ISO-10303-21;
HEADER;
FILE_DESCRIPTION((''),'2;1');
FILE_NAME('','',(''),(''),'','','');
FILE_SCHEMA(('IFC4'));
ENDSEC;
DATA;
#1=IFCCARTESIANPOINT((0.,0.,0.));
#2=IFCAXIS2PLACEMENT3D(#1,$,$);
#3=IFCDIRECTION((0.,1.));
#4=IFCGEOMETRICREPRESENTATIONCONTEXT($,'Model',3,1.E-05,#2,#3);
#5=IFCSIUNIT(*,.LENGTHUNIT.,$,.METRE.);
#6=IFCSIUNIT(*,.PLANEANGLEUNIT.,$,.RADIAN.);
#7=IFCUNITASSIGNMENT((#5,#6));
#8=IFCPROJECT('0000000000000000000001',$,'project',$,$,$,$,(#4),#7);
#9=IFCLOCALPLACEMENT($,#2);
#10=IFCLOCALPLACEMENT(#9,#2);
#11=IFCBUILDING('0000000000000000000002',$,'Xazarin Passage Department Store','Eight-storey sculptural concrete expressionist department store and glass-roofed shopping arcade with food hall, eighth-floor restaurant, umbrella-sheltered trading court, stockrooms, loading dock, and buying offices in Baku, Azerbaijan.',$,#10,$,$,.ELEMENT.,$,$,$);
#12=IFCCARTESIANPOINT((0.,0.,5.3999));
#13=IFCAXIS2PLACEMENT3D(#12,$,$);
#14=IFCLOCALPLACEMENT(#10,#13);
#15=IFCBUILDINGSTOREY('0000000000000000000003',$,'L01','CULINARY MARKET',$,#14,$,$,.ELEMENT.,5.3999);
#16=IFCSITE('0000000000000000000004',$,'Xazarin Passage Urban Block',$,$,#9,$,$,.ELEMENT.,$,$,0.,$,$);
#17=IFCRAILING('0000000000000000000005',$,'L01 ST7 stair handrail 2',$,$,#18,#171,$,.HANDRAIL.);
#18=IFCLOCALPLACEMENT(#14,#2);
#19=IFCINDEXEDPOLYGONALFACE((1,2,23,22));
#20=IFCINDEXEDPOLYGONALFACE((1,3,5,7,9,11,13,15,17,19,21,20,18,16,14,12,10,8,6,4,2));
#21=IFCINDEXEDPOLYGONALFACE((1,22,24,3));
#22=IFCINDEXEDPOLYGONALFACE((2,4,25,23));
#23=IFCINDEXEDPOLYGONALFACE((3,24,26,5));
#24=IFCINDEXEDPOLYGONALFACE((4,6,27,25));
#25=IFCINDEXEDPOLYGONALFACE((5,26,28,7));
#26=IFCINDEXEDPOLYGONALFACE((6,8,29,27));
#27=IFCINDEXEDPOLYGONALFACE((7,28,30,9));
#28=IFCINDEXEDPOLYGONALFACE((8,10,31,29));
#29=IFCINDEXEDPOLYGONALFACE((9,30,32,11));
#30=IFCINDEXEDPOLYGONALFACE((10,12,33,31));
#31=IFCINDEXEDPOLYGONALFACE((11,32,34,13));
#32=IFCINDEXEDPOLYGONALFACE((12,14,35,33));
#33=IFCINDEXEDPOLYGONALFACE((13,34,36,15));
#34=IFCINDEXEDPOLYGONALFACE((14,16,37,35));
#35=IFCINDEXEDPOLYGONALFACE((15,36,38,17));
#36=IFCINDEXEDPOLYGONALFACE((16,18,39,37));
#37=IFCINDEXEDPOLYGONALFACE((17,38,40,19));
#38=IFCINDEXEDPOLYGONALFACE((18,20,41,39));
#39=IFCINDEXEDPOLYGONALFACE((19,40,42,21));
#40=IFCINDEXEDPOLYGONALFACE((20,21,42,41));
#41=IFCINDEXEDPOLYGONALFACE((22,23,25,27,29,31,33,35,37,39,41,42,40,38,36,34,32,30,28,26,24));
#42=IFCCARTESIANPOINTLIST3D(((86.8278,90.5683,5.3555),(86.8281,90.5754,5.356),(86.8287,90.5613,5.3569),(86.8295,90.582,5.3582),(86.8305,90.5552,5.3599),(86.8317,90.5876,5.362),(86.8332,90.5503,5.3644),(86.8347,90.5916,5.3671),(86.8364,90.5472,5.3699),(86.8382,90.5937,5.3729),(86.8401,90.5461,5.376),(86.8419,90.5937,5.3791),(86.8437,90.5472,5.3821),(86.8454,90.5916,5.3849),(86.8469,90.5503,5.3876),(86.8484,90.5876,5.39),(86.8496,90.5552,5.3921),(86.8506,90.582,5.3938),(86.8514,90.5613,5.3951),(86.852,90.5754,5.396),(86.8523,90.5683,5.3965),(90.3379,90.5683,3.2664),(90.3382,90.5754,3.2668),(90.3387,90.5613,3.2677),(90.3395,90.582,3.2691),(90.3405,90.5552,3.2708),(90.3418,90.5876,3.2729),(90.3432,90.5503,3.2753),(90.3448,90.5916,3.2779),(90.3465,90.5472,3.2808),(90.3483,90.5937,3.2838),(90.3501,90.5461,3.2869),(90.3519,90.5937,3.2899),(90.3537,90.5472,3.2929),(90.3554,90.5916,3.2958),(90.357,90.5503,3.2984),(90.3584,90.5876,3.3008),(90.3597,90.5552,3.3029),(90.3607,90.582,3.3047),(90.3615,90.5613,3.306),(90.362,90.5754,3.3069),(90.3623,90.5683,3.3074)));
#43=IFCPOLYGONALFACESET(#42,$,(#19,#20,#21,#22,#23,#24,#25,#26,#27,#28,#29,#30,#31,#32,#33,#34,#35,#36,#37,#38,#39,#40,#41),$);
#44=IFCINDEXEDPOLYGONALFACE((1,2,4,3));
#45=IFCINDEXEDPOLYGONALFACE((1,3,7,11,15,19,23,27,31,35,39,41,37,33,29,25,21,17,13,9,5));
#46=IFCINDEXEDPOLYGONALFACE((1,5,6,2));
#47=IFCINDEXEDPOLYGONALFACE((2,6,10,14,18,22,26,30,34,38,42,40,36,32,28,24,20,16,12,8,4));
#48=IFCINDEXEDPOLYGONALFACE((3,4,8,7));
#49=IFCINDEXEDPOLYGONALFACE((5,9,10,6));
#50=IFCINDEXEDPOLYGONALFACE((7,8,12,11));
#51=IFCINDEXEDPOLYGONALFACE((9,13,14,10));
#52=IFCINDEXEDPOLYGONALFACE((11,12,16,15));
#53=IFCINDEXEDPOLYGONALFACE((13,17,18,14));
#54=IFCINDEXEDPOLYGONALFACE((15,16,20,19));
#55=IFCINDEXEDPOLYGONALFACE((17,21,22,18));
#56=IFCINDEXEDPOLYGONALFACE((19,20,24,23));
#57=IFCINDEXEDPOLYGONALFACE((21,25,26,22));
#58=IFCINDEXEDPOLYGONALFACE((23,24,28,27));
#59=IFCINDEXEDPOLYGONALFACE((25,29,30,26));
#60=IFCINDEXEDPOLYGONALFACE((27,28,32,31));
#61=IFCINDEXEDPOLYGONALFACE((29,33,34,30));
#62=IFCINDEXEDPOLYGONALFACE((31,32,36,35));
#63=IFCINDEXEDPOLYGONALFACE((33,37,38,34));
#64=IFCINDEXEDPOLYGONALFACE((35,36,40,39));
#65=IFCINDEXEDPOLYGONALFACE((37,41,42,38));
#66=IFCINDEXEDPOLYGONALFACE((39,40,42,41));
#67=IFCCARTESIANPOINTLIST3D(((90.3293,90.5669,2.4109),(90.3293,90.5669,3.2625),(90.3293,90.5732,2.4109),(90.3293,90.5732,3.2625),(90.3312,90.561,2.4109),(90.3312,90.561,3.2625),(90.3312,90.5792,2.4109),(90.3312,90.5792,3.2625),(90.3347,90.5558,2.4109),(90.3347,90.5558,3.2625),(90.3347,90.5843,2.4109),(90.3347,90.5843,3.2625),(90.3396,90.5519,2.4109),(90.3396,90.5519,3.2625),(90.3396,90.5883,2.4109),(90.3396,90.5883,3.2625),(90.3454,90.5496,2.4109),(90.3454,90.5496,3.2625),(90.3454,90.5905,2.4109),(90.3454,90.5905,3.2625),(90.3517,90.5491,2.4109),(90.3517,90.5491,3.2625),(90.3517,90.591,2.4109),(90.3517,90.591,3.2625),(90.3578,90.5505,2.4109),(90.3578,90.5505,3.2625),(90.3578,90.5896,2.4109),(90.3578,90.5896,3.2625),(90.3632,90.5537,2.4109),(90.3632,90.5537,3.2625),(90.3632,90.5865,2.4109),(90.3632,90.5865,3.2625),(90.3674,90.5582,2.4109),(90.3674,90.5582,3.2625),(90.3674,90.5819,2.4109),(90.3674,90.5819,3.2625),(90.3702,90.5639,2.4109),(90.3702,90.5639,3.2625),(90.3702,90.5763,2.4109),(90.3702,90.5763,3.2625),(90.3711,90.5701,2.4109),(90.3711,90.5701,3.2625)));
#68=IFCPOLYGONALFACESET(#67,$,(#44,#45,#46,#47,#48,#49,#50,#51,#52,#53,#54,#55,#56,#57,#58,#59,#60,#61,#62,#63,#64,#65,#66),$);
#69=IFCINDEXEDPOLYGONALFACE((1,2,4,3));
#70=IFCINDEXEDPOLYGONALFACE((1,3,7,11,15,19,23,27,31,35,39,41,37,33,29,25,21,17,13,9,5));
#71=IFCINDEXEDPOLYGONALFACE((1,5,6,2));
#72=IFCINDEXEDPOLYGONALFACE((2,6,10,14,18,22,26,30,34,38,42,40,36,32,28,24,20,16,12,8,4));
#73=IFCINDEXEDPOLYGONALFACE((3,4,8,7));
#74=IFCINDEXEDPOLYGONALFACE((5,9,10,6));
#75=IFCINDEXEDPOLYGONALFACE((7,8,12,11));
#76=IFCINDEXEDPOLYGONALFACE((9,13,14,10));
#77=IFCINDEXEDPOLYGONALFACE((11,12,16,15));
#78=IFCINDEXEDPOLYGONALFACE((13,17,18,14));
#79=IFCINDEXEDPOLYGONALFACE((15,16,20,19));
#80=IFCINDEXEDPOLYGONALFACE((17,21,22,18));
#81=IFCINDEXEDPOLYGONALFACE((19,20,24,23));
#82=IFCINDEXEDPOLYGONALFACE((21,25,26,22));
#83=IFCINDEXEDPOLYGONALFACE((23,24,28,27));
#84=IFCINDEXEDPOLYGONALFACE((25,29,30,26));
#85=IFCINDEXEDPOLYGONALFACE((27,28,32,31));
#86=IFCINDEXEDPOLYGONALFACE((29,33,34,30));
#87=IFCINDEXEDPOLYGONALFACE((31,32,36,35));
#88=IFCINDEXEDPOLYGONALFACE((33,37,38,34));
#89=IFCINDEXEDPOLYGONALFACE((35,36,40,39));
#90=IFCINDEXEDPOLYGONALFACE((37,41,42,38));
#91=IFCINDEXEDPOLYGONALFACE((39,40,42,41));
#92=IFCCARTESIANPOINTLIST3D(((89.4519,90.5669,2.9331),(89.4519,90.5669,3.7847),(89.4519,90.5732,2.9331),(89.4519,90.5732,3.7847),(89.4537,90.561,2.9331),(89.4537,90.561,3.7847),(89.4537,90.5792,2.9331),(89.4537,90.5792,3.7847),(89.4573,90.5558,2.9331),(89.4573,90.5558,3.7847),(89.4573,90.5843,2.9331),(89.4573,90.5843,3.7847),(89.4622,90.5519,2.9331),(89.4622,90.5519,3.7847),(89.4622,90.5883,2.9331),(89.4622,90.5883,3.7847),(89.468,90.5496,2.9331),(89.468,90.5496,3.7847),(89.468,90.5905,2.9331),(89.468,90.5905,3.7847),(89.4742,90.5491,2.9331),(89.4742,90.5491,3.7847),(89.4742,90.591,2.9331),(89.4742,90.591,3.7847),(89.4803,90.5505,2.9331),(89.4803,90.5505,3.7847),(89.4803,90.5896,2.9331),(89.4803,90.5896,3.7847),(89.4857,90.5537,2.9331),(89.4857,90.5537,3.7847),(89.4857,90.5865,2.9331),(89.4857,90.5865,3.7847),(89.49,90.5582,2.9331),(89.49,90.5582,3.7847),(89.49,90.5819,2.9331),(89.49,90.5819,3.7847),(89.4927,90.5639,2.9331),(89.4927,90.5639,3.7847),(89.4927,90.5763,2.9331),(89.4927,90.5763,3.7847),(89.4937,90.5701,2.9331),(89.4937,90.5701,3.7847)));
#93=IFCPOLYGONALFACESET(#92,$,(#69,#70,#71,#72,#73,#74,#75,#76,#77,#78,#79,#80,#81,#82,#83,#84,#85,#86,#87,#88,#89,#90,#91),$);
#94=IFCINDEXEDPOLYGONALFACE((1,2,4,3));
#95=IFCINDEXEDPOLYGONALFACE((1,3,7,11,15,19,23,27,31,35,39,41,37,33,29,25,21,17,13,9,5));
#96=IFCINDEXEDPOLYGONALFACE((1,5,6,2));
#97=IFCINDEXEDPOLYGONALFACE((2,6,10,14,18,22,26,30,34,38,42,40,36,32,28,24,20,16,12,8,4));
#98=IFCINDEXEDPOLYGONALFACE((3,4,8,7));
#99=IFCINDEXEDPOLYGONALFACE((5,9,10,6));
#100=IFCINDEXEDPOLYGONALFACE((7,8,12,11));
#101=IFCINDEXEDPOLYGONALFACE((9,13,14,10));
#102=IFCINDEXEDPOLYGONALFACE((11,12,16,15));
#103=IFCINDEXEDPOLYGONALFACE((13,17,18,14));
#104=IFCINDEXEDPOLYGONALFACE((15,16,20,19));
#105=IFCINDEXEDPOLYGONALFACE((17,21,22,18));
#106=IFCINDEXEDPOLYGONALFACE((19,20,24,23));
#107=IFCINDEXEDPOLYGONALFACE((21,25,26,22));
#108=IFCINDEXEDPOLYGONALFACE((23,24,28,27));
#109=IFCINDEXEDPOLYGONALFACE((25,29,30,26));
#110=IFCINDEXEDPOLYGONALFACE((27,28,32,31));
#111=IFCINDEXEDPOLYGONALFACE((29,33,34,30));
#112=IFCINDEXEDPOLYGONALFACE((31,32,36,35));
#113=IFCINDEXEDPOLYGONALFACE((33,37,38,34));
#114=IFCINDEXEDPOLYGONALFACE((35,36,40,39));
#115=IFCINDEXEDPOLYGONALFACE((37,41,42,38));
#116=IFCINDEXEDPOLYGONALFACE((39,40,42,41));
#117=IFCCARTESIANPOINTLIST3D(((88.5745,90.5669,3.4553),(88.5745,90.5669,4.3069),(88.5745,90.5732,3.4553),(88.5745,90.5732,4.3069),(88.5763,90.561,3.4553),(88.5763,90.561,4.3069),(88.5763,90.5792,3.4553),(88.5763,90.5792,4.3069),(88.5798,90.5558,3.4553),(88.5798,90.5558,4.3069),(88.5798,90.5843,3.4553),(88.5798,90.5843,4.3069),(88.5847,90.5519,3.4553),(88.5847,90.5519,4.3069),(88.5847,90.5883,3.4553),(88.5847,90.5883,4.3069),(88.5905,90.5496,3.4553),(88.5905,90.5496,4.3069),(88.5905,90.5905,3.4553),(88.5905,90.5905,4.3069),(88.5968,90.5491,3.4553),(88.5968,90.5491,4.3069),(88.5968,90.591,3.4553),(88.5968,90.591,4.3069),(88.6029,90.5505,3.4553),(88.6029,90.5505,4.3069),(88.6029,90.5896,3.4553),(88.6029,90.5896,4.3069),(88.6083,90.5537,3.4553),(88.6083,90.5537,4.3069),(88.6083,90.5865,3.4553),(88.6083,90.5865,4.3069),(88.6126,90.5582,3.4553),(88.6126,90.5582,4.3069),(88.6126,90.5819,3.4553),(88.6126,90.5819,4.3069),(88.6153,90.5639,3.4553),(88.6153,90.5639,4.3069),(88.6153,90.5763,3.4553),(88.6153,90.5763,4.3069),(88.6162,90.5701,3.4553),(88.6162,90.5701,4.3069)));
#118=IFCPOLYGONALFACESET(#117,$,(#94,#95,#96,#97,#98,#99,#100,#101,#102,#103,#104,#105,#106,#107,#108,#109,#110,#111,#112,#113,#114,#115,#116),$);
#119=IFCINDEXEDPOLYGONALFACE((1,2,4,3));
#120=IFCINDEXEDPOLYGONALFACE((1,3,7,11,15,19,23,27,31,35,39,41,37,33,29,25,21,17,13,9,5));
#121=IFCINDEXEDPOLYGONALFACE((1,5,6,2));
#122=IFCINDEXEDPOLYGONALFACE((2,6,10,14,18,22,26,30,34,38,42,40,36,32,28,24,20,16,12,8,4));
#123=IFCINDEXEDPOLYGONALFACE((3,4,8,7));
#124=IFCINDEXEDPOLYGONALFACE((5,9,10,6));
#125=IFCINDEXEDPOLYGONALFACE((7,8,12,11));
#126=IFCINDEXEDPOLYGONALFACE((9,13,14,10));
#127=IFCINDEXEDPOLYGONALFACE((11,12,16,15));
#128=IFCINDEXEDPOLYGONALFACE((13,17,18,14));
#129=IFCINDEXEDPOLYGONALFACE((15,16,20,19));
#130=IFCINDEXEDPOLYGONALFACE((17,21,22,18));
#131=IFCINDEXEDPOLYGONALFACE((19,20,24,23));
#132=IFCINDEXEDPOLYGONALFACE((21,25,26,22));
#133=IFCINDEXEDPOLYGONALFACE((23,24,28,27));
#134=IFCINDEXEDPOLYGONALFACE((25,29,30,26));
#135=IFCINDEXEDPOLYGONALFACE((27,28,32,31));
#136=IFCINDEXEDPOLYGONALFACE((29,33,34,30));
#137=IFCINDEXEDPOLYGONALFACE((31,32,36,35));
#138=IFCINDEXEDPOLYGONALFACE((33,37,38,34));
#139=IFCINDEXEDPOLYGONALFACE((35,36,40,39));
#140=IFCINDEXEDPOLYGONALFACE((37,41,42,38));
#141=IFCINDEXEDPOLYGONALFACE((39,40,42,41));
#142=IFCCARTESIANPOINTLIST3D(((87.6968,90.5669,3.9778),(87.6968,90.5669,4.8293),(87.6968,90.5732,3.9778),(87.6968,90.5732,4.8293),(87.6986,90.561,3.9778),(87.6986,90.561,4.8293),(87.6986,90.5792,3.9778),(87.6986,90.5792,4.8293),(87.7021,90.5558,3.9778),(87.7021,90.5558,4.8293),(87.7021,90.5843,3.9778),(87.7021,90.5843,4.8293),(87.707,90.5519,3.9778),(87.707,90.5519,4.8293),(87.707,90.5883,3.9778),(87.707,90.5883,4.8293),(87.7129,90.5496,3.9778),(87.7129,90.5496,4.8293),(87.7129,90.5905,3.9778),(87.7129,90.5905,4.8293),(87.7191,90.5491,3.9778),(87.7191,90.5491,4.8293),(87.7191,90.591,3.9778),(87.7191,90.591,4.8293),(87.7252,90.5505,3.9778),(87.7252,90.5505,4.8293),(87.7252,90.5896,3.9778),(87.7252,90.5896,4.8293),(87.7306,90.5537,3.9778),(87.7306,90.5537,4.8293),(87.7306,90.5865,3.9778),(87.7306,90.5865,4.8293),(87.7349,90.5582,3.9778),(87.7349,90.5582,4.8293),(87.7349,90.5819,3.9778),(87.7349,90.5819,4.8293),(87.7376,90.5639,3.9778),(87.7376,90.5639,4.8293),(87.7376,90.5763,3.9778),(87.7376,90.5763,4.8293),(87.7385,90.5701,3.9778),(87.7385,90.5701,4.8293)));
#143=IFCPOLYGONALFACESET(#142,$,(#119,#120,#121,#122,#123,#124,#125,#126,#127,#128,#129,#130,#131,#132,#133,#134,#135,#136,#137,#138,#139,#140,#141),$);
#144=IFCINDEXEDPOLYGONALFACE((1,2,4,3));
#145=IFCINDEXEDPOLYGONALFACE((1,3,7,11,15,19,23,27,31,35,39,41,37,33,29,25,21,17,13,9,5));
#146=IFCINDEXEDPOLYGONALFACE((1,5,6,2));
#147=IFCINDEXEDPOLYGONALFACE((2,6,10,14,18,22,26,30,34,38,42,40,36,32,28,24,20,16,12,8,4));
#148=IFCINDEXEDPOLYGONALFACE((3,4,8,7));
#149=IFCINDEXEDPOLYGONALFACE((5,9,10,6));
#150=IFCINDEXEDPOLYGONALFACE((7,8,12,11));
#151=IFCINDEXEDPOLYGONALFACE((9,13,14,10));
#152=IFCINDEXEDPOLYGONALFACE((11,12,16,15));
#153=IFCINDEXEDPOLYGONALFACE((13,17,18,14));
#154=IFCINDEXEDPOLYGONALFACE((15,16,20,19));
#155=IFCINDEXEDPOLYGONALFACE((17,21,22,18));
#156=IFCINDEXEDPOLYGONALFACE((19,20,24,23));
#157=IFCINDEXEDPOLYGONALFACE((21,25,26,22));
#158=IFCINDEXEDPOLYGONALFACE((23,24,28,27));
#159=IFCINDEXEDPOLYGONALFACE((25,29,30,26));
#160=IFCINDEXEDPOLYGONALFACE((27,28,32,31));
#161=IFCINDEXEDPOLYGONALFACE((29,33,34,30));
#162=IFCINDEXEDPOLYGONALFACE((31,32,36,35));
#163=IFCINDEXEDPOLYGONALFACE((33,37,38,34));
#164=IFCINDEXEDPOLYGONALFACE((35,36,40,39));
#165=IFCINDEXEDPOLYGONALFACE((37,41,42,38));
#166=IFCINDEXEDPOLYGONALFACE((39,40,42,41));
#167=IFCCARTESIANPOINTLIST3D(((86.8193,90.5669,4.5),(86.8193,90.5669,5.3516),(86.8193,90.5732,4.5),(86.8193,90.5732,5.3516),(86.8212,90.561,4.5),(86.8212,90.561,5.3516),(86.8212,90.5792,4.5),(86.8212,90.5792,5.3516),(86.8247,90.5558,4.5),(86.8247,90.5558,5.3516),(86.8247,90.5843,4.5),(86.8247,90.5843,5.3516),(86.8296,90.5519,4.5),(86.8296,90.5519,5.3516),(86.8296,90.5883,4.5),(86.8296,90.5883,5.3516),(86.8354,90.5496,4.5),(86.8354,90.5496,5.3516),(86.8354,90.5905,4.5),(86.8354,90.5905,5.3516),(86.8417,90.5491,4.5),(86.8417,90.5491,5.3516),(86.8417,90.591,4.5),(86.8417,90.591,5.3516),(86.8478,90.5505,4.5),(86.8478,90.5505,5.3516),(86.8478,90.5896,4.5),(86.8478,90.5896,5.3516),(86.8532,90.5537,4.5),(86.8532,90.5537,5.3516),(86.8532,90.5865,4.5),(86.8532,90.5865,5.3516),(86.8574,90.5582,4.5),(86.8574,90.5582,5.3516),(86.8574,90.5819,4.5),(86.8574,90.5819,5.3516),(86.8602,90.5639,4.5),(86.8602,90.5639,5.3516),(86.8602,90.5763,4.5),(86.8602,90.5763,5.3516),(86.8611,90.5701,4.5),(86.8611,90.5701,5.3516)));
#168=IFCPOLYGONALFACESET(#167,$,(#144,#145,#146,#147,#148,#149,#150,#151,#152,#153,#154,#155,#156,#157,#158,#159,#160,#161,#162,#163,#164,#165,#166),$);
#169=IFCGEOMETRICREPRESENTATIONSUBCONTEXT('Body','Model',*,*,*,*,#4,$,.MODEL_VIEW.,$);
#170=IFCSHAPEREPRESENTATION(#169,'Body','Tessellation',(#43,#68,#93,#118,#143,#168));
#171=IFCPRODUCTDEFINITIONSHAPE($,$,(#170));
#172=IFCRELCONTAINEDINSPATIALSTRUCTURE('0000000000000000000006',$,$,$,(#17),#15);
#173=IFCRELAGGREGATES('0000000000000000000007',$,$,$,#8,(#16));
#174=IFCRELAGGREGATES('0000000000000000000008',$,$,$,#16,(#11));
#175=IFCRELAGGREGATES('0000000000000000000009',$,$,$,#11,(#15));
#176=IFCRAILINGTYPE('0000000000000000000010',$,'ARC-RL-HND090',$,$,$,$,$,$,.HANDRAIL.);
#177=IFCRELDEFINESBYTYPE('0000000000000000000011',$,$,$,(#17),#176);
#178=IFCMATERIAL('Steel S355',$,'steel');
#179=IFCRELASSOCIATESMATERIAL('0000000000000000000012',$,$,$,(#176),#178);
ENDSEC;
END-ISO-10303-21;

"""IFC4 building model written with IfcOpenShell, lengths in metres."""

from ifc_helpers import new_model, si_unit, direction, frame, origin, origin_2d, place, context, subcontext, project, spatial, circle, extrude, material, type_object, element, save


model = new_model("IFC4")

# Units and contexts
model_context = context("Model", 3, precision=1e-05, world=origin(), true_north=direction((0.0, 1.0)))
body_context = subcontext(model_context, "Body", "Model", "MODEL_VIEW")
ifc_project = project(units=[si_unit("LENGTHUNIT", "METRE"), si_unit("PLANEANGLEUNIT", "RADIAN")], contexts=[model_context])

# Site, building, storey
site_placement = place(None, origin())
site = spatial("IfcSite", under=ifc_project, at=site_placement, Name="Xazarin Passage Urban Block", CompositionType="ELEMENT", RefElevation=0.0)
building_placement = place(site_placement, origin())
building = spatial("IfcBuilding", under=site, at=building_placement, Name="Xazarin Passage Department Store", Description="Eight-storey sculptural concrete expressionist department store and glass-roofed shopping arcade with food hall, eighth-floor restaurant, umbrella-sheltered trading court, stockrooms, loading dock, and buying offices in Baku, Azerbaijan.", CompositionType="ELEMENT")
storey_placement = place(building_placement, frame((0.0, 0.0, 5.3999)))
storey = spatial("IfcBuildingStorey", under=building, at=storey_placement, Name="L01", Description="CULINARY MARKET", CompositionType="ELEMENT", Elevation=5.3999)

# Railing
ifc_material_1 = material(Name="Steel S355", Category="steel")
railing_type_1 = type_object("IfcRailingType", Name="ARC-RL-HND090", PredefinedType="HANDRAIL", material=ifc_material_1)
railing_1_placement = place(storey_placement, frame((90.3501, 90.5701, 2.4109)))
element("IfcRailing", 1, at=railing_1_placement, inside=storey, type_object=railing_type_1, Name="L01 ST7 stair handrail 2", PredefinedType="HANDRAIL", context=body_context, shape_type="SweptSolid", body=[
    extrude(circle(Radius=0.0239, at=origin_2d()), frame((0.0, 0.0, 0.876), z_axis=(-0.859312, 0.0, 0.511451), x_axis=(0.0, -1.0, 0.0)), (0.0, 0.0, 1.0), 4.0847),
    extrude(circle(Radius=0.021, at=origin_2d()), origin(), (0.0, 0.0, 1.0), 0.8516),
    extrude(circle(Radius=0.021, at=origin_2d()), frame((-0.8774, 0.0, 0.5222)), (0.0, 0.0, 1.0), 0.8516),
    extrude(circle(Radius=0.021, at=origin_2d()), frame((-1.7549, 0.0, 1.0444)), (0.0, 0.0, 1.0), 0.8516),
    extrude(circle(Radius=0.021, at=origin_2d()), frame((-2.6326, 0.0, 1.5669)), (0.0, 0.0, 1.0), 0.8516),
    extrude(circle(Radius=0.021, at=origin_2d()), frame((-3.51, 0.0, 2.0891)), (0.0, 0.0, 1.0), 0.8516),
])

save(model, "model.ifc")
